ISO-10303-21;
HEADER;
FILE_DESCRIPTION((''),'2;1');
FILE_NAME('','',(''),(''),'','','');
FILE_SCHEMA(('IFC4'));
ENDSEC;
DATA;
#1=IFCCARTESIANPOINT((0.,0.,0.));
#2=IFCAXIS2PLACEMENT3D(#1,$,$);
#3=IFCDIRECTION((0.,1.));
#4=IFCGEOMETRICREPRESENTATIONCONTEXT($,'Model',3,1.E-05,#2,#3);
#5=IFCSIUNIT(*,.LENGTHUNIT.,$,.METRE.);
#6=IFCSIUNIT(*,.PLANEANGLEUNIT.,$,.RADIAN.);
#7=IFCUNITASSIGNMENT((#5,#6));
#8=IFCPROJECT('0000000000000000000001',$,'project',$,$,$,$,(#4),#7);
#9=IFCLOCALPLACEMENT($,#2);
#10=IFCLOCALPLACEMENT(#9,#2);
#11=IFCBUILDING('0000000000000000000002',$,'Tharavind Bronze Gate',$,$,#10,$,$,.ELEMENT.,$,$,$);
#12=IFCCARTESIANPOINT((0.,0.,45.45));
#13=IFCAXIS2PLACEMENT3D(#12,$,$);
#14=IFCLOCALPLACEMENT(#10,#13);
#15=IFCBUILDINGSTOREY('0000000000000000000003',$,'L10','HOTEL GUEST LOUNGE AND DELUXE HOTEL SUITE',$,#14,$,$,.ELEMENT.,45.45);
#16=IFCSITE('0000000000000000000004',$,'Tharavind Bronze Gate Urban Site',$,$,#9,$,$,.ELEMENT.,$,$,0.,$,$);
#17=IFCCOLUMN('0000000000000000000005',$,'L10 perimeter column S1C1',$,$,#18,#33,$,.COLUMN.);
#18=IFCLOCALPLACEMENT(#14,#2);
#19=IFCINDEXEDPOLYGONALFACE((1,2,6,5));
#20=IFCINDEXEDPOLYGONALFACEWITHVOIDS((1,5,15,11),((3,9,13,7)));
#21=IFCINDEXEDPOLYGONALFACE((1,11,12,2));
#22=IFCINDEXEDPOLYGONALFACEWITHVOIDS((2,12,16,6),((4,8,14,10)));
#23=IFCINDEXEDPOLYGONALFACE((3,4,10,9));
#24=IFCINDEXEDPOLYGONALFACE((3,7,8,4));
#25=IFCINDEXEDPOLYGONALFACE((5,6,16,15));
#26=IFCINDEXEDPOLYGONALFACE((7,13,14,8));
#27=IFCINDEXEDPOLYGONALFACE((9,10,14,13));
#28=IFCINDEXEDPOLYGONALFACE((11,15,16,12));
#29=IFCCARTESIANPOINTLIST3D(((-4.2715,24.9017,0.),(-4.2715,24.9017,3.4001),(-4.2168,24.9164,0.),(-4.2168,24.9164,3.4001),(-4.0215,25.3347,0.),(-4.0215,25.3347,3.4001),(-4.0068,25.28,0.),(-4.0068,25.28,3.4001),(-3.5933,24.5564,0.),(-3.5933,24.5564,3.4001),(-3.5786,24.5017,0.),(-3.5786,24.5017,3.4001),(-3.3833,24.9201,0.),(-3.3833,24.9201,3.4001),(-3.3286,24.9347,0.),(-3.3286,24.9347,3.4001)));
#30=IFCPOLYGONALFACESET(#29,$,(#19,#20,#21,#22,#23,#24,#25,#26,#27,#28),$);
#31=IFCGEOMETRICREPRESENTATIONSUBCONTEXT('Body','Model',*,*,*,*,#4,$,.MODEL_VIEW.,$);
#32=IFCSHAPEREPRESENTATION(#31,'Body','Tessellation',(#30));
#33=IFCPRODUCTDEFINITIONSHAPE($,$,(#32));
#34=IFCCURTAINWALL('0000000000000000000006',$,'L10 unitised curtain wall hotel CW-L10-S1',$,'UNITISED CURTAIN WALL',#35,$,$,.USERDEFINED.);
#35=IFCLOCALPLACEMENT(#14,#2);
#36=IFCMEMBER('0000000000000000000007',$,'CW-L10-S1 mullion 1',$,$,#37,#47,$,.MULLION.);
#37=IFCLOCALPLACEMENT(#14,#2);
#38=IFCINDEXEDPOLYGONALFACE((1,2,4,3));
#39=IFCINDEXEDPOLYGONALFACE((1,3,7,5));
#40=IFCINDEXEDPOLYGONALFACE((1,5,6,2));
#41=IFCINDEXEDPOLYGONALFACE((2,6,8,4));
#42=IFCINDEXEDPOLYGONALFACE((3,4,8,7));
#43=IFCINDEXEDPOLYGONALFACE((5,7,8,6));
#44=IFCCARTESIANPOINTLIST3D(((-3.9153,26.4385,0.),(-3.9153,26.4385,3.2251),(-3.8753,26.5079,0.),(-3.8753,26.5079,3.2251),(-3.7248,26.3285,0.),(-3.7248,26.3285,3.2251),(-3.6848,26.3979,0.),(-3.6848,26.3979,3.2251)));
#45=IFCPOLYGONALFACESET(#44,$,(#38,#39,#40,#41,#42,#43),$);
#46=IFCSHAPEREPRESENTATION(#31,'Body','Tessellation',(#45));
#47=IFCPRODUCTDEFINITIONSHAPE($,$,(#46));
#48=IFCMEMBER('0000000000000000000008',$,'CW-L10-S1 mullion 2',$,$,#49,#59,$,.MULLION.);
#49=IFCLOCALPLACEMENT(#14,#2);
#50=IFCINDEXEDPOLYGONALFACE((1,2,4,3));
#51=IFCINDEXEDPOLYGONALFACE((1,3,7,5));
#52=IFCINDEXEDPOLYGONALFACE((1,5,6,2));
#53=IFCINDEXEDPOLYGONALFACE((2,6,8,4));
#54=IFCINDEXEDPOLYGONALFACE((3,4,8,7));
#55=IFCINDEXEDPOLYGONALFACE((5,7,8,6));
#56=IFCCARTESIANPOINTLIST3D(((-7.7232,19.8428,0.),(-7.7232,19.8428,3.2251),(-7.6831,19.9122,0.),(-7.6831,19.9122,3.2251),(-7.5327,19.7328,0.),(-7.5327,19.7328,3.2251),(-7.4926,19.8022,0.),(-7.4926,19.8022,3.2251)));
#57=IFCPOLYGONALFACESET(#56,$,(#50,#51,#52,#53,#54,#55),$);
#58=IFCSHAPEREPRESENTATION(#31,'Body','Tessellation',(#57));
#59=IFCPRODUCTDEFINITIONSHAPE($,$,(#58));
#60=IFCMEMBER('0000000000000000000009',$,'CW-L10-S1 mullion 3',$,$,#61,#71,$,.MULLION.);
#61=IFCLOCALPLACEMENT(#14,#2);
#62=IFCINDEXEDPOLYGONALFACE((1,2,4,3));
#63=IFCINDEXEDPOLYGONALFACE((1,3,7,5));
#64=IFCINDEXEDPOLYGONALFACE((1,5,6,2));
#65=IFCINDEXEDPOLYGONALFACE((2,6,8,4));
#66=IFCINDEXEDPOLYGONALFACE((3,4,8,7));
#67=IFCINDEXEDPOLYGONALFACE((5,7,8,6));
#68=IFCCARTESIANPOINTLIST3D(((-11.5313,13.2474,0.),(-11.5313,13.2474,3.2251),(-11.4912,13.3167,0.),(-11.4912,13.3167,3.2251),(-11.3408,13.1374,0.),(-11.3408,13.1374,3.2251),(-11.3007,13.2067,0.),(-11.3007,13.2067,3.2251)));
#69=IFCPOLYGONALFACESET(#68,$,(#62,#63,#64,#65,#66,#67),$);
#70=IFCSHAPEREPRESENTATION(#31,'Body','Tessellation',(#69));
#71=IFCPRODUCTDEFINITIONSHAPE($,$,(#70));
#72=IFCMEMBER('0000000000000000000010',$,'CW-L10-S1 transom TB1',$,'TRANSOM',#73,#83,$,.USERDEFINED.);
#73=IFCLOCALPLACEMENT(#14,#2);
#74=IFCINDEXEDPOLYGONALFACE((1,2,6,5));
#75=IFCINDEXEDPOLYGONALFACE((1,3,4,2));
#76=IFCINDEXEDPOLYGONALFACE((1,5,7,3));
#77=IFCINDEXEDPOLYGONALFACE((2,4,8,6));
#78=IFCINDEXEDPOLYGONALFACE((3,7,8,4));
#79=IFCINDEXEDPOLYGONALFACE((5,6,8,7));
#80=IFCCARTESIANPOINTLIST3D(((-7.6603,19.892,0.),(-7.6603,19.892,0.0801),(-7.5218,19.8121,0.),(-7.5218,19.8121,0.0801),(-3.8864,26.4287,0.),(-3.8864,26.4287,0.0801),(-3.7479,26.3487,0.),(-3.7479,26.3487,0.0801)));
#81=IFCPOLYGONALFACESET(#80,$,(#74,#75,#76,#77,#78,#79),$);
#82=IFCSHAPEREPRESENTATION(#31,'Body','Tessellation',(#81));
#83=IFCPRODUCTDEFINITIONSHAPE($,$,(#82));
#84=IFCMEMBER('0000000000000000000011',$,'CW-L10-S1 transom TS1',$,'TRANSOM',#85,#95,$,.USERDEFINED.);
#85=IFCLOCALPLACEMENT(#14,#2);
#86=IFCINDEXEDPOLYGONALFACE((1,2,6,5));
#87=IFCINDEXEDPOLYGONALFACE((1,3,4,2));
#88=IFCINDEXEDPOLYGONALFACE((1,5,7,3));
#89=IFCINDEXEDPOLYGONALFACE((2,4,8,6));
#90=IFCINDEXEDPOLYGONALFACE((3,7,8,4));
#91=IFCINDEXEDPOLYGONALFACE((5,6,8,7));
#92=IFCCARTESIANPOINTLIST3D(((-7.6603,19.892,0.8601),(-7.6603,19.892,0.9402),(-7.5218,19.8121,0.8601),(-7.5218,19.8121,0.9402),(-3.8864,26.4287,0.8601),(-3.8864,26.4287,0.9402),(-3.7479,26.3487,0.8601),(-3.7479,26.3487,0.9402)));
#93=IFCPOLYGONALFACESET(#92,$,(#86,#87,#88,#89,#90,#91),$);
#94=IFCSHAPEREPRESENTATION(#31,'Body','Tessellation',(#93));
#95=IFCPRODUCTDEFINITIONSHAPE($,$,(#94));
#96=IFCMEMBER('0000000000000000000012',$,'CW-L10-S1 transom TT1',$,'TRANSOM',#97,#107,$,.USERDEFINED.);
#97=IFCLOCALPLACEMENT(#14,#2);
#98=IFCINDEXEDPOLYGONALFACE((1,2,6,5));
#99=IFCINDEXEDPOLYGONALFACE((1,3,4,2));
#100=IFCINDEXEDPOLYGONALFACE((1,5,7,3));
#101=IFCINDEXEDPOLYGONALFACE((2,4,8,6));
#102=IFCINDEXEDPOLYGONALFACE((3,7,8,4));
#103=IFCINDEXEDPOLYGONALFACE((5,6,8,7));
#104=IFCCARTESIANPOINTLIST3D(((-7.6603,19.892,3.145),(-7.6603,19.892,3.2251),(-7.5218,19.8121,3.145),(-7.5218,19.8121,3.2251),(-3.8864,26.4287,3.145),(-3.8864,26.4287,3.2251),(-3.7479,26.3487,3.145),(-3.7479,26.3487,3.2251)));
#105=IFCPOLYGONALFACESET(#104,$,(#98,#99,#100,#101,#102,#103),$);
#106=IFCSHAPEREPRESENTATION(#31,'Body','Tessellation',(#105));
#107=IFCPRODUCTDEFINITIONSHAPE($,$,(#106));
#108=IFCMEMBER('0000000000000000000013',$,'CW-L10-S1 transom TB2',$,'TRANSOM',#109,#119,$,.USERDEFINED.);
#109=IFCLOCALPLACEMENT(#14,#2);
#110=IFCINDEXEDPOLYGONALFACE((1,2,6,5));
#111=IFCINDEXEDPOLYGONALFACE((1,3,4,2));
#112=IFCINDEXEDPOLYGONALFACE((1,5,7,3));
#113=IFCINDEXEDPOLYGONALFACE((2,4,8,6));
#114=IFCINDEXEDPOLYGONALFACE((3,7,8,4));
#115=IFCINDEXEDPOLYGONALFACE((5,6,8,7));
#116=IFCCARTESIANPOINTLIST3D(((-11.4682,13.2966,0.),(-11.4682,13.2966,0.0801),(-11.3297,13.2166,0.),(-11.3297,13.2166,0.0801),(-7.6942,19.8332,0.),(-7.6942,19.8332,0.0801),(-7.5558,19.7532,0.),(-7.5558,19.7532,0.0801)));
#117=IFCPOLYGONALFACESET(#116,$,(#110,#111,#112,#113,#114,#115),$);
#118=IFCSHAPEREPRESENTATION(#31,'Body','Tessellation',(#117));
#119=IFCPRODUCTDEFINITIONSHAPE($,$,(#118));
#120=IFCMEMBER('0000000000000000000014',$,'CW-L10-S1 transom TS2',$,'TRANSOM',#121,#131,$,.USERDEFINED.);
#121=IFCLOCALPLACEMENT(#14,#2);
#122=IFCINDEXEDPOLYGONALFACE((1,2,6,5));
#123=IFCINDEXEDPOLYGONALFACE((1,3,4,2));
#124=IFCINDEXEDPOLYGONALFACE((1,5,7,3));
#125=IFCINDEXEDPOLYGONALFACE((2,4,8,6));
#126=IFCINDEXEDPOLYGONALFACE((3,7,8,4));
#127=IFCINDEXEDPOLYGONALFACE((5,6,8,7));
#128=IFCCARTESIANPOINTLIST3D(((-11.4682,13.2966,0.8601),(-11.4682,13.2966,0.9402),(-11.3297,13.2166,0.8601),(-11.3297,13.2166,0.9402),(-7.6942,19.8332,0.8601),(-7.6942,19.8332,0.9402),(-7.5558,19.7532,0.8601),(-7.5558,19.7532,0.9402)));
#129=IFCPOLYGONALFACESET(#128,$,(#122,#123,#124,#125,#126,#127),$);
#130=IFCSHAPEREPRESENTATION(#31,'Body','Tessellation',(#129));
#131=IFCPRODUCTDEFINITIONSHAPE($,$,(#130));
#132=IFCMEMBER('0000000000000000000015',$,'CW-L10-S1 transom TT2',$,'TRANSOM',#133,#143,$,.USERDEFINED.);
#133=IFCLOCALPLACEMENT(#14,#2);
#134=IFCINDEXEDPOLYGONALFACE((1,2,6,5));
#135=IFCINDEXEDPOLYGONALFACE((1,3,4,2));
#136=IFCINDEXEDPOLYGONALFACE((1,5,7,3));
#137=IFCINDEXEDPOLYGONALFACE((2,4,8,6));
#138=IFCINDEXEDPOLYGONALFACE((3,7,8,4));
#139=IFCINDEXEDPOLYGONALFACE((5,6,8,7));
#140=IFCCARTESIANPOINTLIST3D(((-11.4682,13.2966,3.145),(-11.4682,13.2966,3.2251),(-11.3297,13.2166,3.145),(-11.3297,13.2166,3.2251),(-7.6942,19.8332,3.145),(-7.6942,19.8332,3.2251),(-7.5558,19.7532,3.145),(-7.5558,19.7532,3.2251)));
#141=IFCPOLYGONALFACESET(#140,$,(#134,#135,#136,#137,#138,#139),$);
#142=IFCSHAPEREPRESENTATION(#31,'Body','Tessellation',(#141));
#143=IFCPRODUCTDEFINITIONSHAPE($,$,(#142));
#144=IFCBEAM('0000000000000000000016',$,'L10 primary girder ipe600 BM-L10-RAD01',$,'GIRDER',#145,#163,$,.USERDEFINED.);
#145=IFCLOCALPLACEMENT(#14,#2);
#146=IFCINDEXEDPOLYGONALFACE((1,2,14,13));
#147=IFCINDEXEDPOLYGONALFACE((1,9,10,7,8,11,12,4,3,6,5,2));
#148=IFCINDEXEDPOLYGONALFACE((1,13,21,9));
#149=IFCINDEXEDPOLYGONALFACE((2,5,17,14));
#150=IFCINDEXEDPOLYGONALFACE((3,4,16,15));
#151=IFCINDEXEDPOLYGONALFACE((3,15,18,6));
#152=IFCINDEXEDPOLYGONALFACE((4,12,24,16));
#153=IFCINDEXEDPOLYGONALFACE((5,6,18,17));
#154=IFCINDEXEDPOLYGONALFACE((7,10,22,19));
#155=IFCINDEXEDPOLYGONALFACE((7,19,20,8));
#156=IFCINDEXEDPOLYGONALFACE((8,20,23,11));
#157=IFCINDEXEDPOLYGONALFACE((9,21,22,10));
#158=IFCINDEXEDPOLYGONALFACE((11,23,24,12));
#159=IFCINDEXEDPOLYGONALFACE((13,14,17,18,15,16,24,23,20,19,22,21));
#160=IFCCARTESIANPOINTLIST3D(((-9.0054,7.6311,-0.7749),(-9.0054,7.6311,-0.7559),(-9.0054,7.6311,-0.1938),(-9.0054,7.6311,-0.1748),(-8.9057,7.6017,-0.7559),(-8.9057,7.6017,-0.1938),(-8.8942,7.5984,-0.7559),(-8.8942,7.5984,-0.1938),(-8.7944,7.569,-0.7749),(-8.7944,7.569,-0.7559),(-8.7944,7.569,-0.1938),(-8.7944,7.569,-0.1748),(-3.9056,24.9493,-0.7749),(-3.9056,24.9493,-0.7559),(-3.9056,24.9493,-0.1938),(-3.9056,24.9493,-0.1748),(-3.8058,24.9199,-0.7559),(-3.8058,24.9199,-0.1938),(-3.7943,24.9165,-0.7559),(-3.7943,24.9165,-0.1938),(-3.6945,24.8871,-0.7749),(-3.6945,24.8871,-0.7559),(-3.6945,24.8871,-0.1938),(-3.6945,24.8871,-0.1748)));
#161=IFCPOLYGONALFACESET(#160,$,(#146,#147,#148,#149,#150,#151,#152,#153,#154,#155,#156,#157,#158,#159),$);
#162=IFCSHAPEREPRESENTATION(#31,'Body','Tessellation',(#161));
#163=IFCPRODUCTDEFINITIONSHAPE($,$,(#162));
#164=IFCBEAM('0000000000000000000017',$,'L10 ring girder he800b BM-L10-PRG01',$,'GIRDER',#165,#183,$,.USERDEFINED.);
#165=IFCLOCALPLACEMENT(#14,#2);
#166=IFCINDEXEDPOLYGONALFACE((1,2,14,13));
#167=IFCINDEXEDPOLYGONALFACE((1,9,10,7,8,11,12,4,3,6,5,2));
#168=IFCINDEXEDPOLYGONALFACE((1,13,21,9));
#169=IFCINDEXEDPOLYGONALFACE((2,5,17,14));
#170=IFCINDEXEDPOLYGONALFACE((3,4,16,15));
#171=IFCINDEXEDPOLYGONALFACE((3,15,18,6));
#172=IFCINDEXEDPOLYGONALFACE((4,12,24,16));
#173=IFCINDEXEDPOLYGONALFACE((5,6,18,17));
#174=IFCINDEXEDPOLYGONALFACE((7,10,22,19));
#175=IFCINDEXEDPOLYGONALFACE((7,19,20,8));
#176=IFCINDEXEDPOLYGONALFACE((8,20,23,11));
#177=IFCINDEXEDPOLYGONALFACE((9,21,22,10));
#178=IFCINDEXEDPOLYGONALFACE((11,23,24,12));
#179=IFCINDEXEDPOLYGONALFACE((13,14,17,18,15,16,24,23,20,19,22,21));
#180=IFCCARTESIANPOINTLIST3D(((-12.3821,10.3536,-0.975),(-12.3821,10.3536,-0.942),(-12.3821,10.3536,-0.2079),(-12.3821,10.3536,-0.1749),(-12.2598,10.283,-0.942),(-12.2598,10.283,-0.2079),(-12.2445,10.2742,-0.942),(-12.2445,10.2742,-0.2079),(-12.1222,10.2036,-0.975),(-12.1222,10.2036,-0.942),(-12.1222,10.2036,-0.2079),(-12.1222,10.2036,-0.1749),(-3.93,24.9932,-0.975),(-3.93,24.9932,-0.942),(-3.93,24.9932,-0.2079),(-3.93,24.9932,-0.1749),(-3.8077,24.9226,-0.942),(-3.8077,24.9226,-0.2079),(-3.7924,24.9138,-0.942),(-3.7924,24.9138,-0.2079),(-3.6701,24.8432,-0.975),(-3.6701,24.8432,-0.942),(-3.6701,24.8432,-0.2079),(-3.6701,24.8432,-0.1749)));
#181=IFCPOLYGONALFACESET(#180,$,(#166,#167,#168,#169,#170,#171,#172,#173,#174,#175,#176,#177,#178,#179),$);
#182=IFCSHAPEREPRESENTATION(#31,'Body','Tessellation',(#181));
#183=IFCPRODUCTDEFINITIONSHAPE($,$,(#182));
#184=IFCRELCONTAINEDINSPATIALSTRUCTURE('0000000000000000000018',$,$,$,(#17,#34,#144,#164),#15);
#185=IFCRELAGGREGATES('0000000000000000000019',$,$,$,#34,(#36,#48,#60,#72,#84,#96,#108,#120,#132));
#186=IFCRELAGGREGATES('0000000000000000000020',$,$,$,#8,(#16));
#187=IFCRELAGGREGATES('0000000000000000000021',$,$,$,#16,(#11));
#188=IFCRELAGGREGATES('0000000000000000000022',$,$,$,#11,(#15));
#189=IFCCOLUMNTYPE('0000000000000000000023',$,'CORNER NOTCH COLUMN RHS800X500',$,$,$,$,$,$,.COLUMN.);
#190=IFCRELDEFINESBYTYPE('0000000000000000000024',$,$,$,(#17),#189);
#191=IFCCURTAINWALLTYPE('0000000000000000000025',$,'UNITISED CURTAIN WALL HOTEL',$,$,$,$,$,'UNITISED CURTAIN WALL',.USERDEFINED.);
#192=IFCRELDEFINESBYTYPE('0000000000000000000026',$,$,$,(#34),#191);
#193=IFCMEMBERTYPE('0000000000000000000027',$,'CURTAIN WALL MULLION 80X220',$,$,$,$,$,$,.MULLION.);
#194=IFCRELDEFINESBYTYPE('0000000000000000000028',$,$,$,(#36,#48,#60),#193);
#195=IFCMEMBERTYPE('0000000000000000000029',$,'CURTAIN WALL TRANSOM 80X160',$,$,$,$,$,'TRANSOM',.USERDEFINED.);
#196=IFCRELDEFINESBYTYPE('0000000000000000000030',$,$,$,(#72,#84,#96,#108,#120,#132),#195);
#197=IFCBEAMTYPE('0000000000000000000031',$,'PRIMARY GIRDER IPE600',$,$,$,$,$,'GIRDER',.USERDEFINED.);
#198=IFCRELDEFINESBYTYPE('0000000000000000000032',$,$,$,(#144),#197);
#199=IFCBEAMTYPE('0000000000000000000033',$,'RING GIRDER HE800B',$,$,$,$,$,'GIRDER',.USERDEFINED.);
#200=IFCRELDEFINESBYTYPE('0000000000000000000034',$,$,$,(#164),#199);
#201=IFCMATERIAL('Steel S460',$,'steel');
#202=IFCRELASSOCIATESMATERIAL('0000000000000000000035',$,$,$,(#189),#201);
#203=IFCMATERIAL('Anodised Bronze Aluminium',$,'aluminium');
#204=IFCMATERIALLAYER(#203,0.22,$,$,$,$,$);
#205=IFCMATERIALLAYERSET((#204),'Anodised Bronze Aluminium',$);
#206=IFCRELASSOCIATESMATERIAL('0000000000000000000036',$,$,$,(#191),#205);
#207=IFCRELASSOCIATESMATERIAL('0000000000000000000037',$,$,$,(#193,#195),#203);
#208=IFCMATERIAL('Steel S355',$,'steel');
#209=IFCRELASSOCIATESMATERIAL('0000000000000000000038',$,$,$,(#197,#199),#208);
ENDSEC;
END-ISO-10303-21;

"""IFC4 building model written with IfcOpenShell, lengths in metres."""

from ifc_helpers import new_model, si_unit, direction, frame, origin, origin_2d, place, context, subcontext, project, spatial, rectangle, hollow_rectangle, i_section, extrude, material, layer, layer_set, material_profile, profile_set, type_object, element, aggregate, save


model = new_model("IFC4")

# Units and contexts
model_context = context("Model", 3, precision=1e-05, world=origin(), true_north=direction((0.0, 1.0)))
body_context = subcontext(model_context, "Body", "Model", "MODEL_VIEW")
ifc_project = project(units=[si_unit("LENGTHUNIT", "METRE"), si_unit("PLANEANGLEUNIT", "RADIAN")], contexts=[model_context])

# Site, building, storey
site_placement = place(None, origin())
site = spatial("IfcSite", under=ifc_project, at=site_placement, Name="Tharavind Bronze Gate Urban Site", CompositionType="ELEMENT", RefElevation=0.0)
building_placement = place(site_placement, origin())
building = spatial("IfcBuilding", under=site, at=building_placement, Name="Tharavind Bronze Gate", CompositionType="ELEMENT")
storey_placement = place(building_placement, frame((0.0, 0.0, 45.45)))
storey = spatial("IfcBuildingStorey", under=building, at=storey_placement, Name="L10", Description="HOTEL GUEST LOUNGE AND DELUXE HOTEL SUITE", CompositionType="ELEMENT", Elevation=45.45)

# Column
ifc_material_1 = material(Name="Steel S460", Category="steel")
ifc_material_profile_1 = material_profile(ifc_material_1, hollow_rectangle(XDim=0.5, YDim=0.8, WallThickness=0.04, at=origin_2d()), Name="RHS800X500X40")
ifc_profile_set_1 = profile_set([ifc_material_profile_1], Name="Steel S460")
column_type = type_object("IfcColumnType", Name="CORNER NOTCH COLUMN RHS800X500", PredefinedType="COLUMN", material=ifc_profile_set_1)
column_placement = place(storey_placement, frame((-3.8, 24.9182, 0.0), z_axis=(0.0, 0.0, 1.0), x_axis=(0.500002, 0.866025, 0.0)))
element("IfcColumn", 1, at=column_placement, inside=storey, type_object=column_type, Name="L10 perimeter column S1C1", PredefinedType="COLUMN", context=body_context, shape_type="SweptSolid", body=[
    extrude(hollow_rectangle(XDim=0.5, YDim=0.8, WallThickness=0.04, at=origin_2d()), origin(), (0.0, 0.0, 1.0), 3.4001),
])

# Curtain wall, members
ifc_material_2 = material(Name="Anodised Bronze Aluminium", Category="aluminium")
ifc_layer_1 = layer(ifc_material_2, 0.22)
ifc_layer_set_1 = layer_set([ifc_layer_1], Name="Anodised Bronze Aluminium")
curtain_wall_type = type_object("IfcCurtainWallType", Name="UNITISED CURTAIN WALL HOTEL", ElementType="UNITISED CURTAIN WALL", PredefinedType="USERDEFINED", material=ifc_layer_set_1)
curtain_wall_placement = place(storey_placement, origin())
curtain_wall = element("IfcCurtainWall", 2, at=curtain_wall_placement, inside=storey, type_object=curtain_wall_type, Name="L10 unitised curtain wall hotel CW-L10-S1", ObjectType="UNITISED CURTAIN WALL", PredefinedType="USERDEFINED")
member_type_1 = type_object("IfcMemberType", Name="CURTAIN WALL MULLION 80X220", PredefinedType="MULLION", material=ifc_material_2)
member_1_placement = place(storey_placement, frame((-3.8, 26.4182, 0.0), z_axis=(0.0, 0.0, 1.0), x_axis=(-0.500002, -0.866025, 0.0)))
member_1 = element("IfcMember", 3, at=member_1_placement, type_object=member_type_1, Name="CW-L10-S1 mullion 1", PredefinedType="MULLION", context=body_context, shape_type="SweptSolid", body=[
    extrude(rectangle(XDim=0.0801, YDim=0.22, at=origin_2d()), origin(), (0.0, 0.0, 1.0), 3.2251),
])
member_2_placement = place(storey_placement, frame((-7.6079, 19.8225, 0.0), z_axis=(0.0, 0.0, 1.0), x_axis=(-0.500002, -0.866025, 0.0)))
member_2 = element("IfcMember", 4, at=member_2_placement, type_object=member_type_1, Name="CW-L10-S1 mullion 2", PredefinedType="MULLION", context=body_context, shape_type="SweptSolid", body=[
    extrude(rectangle(XDim=0.0801, YDim=0.22, at=origin_2d()), origin(), (0.0, 0.0, 1.0), 3.2251),
])
member_3_placement = place(storey_placement, frame((-11.416, 13.2271, 0.0), z_axis=(0.0, 0.0, 1.0), x_axis=(-0.500002, -0.866025, 0.0)))
member_3 = element("IfcMember", 5, at=member_3_placement, type_object=member_type_1, Name="CW-L10-S1 mullion 3", PredefinedType="MULLION", context=body_context, shape_type="SweptSolid", body=[
    extrude(rectangle(XDim=0.0801, YDim=0.22, at=origin_2d()), origin(), (0.0, 0.0, 1.0), 3.2251),
])
member_type_2 = type_object("IfcMemberType", Name="CURTAIN WALL TRANSOM 80X160", ElementType="TRANSOM", PredefinedType="USERDEFINED", material=ifc_material_2)
member_4_placement = place(storey_placement, frame((-5.7041, 23.1204, 0.0), z_axis=(0.0, 0.0, 1.0), x_axis=(-0.500002, -0.866025, 0.0)))
member_4 = element("IfcMember", 6, at=member_4_placement, type_object=member_type_2, Name="CW-L10-S1 transom TB1", ObjectType="TRANSOM", PredefinedType="USERDEFINED", context=body_context, shape_type="SweptSolid", body=[
    extrude(rectangle(XDim=7.5479, YDim=0.1599, at=origin_2d()), origin(), (0.0, 0.0, 1.0), 0.0801),
])
member_5_placement = place(storey_placement, frame((-5.7041, 23.1204, 0.8601), z_axis=(0.0, 0.0, 1.0), x_axis=(-0.500002, -0.866025, 0.0)))
member_5 = element("IfcMember", 7, at=member_5_placement, type_object=member_type_2, Name="CW-L10-S1 transom TS1", ObjectType="TRANSOM", PredefinedType="USERDEFINED", context=body_context, shape_type="SweptSolid", body=[
    extrude(rectangle(XDim=7.5479, YDim=0.1599, at=origin_2d()), origin(), (0.0, 0.0, 1.0), 0.0801),
])
member_6_placement = place(storey_placement, frame((-5.7041, 23.1204, 3.145), z_axis=(0.0, 0.0, 1.0), x_axis=(-0.500002, -0.866025, 0.0)))
member_6 = element("IfcMember", 8, at=member_6_placement, type_object=member_type_2, Name="CW-L10-S1 transom TT1", ObjectType="TRANSOM", PredefinedType="USERDEFINED", context=body_context, shape_type="SweptSolid", body=[
    extrude(rectangle(XDim=7.5479, YDim=0.1599, at=origin_2d()), origin(), (0.0, 0.0, 1.0), 0.0801),
])
member_7_placement = place(storey_placement, frame((-9.512, 16.5249, 0.0), z_axis=(0.0, 0.0, 1.0), x_axis=(-0.500002, -0.866025, 0.0)))
member_7 = element("IfcMember", 9, at=member_7_placement, type_object=member_type_2, Name="CW-L10-S1 transom TB2", ObjectType="TRANSOM", PredefinedType="USERDEFINED", context=body_context, shape_type="SweptSolid", body=[
    extrude(rectangle(XDim=7.5479, YDim=0.1599, at=origin_2d()), origin(), (0.0, 0.0, 1.0), 0.0801),
])
member_8_placement = place(storey_placement, frame((-9.512, 16.5249, 0.8601), z_axis=(0.0, 0.0, 1.0), x_axis=(-0.500002, -0.866025, 0.0)))
member_8 = element("IfcMember", 10, at=member_8_placement, type_object=member_type_2, Name="CW-L10-S1 transom TS2", ObjectType="TRANSOM", PredefinedType="USERDEFINED", context=body_context, shape_type="SweptSolid", body=[
    extrude(rectangle(XDim=7.5479, YDim=0.1599, at=origin_2d()), origin(), (0.0, 0.0, 1.0), 0.0801),
])
member_9_placement = place(storey_placement, frame((-9.512, 16.5249, 3.145), z_axis=(0.0, 0.0, 1.0), x_axis=(-0.500002, -0.866025, 0.0)))
member_9 = element("IfcMember", 11, at=member_9_placement, type_object=member_type_2, Name="CW-L10-S1 transom TT2", ObjectType="TRANSOM", PredefinedType="USERDEFINED", context=body_context, shape_type="SweptSolid", body=[
    extrude(rectangle(XDim=7.5479, YDim=0.1599, at=origin_2d()), origin(), (0.0, 0.0, 1.0), 0.0801),
])

# Beams
ifc_material_3 = material(Name="Steel S355", Category="steel")
ifc_material_profile_2 = material_profile(ifc_material_3, i_section(OverallWidth=0.22, OverallDepth=0.6001, WebThickness=0.012, FlangeThickness=0.019, at=origin_2d()), Name="IPE600")
ifc_profile_set_2 = profile_set([ifc_material_profile_2], Name="Steel S355")
beam_type_1 = type_object("IfcBeamType", Name="PRIMARY GIRDER IPE600", ElementType="GIRDER", PredefinedType="USERDEFINED", material=ifc_profile_set_2)
beam_1_placement = place(storey_placement, frame((-3.8, 24.9182, -0.4749), z_axis=(-0.282487, -0.959271, 0.0), x_axis=(0.959271, -0.282487, 0.0)))
element("IfcBeam", 12, at=beam_1_placement, inside=storey, type_object=beam_type_1, Name="L10 primary girder ipe600 BM-L10-RAD01", ObjectType="GIRDER", PredefinedType="USERDEFINED", context=body_context, shape_type="SweptSolid", body=[
    extrude(i_section(OverallWidth=0.22, OverallDepth=0.6001, WebThickness=0.012, FlangeThickness=0.019, at=origin_2d()), origin(), (0.0, 0.0, 1.0), 18.0535),
])
ifc_material_profile_3 = material_profile(ifc_material_3, i_section(OverallWidth=0.3, OverallDepth=0.8, WebThickness=0.0176, FlangeThickness=0.033, at=origin_2d()), Name="HE800B")
ifc_profile_set_3 = profile_set([ifc_material_profile_3], Name="Steel S355")
beam_type_2 = type_object("IfcBeamType", Name="RING GIRDER HE800B", ElementType="GIRDER", PredefinedType="USERDEFINED", material=ifc_profile_set_3)
beam_2_placement = place(storey_placement, frame((-3.8, 24.9182, -0.575), z_axis=(-0.499997, -0.866027, 0.0), x_axis=(0.866027, -0.499997, 0.0)))
element("IfcBeam", 13, at=beam_2_placement, inside=storey, type_object=beam_type_2, Name="L10 ring girder he800b BM-L10-PRG01", ObjectType="GIRDER", PredefinedType="USERDEFINED", context=body_context, shape_type="SweptSolid", body=[
    extrude(i_section(OverallWidth=0.3, OverallDepth=0.8, WebThickness=0.0176, FlangeThickness=0.033, at=origin_2d()), origin(), (0.0, 0.0, 1.0), 16.9043),
])

aggregate(curtain_wall, [member_1, member_2, member_3, member_4, member_5, member_6, member_7, member_8, member_9])

save(model, "model.ifc")
